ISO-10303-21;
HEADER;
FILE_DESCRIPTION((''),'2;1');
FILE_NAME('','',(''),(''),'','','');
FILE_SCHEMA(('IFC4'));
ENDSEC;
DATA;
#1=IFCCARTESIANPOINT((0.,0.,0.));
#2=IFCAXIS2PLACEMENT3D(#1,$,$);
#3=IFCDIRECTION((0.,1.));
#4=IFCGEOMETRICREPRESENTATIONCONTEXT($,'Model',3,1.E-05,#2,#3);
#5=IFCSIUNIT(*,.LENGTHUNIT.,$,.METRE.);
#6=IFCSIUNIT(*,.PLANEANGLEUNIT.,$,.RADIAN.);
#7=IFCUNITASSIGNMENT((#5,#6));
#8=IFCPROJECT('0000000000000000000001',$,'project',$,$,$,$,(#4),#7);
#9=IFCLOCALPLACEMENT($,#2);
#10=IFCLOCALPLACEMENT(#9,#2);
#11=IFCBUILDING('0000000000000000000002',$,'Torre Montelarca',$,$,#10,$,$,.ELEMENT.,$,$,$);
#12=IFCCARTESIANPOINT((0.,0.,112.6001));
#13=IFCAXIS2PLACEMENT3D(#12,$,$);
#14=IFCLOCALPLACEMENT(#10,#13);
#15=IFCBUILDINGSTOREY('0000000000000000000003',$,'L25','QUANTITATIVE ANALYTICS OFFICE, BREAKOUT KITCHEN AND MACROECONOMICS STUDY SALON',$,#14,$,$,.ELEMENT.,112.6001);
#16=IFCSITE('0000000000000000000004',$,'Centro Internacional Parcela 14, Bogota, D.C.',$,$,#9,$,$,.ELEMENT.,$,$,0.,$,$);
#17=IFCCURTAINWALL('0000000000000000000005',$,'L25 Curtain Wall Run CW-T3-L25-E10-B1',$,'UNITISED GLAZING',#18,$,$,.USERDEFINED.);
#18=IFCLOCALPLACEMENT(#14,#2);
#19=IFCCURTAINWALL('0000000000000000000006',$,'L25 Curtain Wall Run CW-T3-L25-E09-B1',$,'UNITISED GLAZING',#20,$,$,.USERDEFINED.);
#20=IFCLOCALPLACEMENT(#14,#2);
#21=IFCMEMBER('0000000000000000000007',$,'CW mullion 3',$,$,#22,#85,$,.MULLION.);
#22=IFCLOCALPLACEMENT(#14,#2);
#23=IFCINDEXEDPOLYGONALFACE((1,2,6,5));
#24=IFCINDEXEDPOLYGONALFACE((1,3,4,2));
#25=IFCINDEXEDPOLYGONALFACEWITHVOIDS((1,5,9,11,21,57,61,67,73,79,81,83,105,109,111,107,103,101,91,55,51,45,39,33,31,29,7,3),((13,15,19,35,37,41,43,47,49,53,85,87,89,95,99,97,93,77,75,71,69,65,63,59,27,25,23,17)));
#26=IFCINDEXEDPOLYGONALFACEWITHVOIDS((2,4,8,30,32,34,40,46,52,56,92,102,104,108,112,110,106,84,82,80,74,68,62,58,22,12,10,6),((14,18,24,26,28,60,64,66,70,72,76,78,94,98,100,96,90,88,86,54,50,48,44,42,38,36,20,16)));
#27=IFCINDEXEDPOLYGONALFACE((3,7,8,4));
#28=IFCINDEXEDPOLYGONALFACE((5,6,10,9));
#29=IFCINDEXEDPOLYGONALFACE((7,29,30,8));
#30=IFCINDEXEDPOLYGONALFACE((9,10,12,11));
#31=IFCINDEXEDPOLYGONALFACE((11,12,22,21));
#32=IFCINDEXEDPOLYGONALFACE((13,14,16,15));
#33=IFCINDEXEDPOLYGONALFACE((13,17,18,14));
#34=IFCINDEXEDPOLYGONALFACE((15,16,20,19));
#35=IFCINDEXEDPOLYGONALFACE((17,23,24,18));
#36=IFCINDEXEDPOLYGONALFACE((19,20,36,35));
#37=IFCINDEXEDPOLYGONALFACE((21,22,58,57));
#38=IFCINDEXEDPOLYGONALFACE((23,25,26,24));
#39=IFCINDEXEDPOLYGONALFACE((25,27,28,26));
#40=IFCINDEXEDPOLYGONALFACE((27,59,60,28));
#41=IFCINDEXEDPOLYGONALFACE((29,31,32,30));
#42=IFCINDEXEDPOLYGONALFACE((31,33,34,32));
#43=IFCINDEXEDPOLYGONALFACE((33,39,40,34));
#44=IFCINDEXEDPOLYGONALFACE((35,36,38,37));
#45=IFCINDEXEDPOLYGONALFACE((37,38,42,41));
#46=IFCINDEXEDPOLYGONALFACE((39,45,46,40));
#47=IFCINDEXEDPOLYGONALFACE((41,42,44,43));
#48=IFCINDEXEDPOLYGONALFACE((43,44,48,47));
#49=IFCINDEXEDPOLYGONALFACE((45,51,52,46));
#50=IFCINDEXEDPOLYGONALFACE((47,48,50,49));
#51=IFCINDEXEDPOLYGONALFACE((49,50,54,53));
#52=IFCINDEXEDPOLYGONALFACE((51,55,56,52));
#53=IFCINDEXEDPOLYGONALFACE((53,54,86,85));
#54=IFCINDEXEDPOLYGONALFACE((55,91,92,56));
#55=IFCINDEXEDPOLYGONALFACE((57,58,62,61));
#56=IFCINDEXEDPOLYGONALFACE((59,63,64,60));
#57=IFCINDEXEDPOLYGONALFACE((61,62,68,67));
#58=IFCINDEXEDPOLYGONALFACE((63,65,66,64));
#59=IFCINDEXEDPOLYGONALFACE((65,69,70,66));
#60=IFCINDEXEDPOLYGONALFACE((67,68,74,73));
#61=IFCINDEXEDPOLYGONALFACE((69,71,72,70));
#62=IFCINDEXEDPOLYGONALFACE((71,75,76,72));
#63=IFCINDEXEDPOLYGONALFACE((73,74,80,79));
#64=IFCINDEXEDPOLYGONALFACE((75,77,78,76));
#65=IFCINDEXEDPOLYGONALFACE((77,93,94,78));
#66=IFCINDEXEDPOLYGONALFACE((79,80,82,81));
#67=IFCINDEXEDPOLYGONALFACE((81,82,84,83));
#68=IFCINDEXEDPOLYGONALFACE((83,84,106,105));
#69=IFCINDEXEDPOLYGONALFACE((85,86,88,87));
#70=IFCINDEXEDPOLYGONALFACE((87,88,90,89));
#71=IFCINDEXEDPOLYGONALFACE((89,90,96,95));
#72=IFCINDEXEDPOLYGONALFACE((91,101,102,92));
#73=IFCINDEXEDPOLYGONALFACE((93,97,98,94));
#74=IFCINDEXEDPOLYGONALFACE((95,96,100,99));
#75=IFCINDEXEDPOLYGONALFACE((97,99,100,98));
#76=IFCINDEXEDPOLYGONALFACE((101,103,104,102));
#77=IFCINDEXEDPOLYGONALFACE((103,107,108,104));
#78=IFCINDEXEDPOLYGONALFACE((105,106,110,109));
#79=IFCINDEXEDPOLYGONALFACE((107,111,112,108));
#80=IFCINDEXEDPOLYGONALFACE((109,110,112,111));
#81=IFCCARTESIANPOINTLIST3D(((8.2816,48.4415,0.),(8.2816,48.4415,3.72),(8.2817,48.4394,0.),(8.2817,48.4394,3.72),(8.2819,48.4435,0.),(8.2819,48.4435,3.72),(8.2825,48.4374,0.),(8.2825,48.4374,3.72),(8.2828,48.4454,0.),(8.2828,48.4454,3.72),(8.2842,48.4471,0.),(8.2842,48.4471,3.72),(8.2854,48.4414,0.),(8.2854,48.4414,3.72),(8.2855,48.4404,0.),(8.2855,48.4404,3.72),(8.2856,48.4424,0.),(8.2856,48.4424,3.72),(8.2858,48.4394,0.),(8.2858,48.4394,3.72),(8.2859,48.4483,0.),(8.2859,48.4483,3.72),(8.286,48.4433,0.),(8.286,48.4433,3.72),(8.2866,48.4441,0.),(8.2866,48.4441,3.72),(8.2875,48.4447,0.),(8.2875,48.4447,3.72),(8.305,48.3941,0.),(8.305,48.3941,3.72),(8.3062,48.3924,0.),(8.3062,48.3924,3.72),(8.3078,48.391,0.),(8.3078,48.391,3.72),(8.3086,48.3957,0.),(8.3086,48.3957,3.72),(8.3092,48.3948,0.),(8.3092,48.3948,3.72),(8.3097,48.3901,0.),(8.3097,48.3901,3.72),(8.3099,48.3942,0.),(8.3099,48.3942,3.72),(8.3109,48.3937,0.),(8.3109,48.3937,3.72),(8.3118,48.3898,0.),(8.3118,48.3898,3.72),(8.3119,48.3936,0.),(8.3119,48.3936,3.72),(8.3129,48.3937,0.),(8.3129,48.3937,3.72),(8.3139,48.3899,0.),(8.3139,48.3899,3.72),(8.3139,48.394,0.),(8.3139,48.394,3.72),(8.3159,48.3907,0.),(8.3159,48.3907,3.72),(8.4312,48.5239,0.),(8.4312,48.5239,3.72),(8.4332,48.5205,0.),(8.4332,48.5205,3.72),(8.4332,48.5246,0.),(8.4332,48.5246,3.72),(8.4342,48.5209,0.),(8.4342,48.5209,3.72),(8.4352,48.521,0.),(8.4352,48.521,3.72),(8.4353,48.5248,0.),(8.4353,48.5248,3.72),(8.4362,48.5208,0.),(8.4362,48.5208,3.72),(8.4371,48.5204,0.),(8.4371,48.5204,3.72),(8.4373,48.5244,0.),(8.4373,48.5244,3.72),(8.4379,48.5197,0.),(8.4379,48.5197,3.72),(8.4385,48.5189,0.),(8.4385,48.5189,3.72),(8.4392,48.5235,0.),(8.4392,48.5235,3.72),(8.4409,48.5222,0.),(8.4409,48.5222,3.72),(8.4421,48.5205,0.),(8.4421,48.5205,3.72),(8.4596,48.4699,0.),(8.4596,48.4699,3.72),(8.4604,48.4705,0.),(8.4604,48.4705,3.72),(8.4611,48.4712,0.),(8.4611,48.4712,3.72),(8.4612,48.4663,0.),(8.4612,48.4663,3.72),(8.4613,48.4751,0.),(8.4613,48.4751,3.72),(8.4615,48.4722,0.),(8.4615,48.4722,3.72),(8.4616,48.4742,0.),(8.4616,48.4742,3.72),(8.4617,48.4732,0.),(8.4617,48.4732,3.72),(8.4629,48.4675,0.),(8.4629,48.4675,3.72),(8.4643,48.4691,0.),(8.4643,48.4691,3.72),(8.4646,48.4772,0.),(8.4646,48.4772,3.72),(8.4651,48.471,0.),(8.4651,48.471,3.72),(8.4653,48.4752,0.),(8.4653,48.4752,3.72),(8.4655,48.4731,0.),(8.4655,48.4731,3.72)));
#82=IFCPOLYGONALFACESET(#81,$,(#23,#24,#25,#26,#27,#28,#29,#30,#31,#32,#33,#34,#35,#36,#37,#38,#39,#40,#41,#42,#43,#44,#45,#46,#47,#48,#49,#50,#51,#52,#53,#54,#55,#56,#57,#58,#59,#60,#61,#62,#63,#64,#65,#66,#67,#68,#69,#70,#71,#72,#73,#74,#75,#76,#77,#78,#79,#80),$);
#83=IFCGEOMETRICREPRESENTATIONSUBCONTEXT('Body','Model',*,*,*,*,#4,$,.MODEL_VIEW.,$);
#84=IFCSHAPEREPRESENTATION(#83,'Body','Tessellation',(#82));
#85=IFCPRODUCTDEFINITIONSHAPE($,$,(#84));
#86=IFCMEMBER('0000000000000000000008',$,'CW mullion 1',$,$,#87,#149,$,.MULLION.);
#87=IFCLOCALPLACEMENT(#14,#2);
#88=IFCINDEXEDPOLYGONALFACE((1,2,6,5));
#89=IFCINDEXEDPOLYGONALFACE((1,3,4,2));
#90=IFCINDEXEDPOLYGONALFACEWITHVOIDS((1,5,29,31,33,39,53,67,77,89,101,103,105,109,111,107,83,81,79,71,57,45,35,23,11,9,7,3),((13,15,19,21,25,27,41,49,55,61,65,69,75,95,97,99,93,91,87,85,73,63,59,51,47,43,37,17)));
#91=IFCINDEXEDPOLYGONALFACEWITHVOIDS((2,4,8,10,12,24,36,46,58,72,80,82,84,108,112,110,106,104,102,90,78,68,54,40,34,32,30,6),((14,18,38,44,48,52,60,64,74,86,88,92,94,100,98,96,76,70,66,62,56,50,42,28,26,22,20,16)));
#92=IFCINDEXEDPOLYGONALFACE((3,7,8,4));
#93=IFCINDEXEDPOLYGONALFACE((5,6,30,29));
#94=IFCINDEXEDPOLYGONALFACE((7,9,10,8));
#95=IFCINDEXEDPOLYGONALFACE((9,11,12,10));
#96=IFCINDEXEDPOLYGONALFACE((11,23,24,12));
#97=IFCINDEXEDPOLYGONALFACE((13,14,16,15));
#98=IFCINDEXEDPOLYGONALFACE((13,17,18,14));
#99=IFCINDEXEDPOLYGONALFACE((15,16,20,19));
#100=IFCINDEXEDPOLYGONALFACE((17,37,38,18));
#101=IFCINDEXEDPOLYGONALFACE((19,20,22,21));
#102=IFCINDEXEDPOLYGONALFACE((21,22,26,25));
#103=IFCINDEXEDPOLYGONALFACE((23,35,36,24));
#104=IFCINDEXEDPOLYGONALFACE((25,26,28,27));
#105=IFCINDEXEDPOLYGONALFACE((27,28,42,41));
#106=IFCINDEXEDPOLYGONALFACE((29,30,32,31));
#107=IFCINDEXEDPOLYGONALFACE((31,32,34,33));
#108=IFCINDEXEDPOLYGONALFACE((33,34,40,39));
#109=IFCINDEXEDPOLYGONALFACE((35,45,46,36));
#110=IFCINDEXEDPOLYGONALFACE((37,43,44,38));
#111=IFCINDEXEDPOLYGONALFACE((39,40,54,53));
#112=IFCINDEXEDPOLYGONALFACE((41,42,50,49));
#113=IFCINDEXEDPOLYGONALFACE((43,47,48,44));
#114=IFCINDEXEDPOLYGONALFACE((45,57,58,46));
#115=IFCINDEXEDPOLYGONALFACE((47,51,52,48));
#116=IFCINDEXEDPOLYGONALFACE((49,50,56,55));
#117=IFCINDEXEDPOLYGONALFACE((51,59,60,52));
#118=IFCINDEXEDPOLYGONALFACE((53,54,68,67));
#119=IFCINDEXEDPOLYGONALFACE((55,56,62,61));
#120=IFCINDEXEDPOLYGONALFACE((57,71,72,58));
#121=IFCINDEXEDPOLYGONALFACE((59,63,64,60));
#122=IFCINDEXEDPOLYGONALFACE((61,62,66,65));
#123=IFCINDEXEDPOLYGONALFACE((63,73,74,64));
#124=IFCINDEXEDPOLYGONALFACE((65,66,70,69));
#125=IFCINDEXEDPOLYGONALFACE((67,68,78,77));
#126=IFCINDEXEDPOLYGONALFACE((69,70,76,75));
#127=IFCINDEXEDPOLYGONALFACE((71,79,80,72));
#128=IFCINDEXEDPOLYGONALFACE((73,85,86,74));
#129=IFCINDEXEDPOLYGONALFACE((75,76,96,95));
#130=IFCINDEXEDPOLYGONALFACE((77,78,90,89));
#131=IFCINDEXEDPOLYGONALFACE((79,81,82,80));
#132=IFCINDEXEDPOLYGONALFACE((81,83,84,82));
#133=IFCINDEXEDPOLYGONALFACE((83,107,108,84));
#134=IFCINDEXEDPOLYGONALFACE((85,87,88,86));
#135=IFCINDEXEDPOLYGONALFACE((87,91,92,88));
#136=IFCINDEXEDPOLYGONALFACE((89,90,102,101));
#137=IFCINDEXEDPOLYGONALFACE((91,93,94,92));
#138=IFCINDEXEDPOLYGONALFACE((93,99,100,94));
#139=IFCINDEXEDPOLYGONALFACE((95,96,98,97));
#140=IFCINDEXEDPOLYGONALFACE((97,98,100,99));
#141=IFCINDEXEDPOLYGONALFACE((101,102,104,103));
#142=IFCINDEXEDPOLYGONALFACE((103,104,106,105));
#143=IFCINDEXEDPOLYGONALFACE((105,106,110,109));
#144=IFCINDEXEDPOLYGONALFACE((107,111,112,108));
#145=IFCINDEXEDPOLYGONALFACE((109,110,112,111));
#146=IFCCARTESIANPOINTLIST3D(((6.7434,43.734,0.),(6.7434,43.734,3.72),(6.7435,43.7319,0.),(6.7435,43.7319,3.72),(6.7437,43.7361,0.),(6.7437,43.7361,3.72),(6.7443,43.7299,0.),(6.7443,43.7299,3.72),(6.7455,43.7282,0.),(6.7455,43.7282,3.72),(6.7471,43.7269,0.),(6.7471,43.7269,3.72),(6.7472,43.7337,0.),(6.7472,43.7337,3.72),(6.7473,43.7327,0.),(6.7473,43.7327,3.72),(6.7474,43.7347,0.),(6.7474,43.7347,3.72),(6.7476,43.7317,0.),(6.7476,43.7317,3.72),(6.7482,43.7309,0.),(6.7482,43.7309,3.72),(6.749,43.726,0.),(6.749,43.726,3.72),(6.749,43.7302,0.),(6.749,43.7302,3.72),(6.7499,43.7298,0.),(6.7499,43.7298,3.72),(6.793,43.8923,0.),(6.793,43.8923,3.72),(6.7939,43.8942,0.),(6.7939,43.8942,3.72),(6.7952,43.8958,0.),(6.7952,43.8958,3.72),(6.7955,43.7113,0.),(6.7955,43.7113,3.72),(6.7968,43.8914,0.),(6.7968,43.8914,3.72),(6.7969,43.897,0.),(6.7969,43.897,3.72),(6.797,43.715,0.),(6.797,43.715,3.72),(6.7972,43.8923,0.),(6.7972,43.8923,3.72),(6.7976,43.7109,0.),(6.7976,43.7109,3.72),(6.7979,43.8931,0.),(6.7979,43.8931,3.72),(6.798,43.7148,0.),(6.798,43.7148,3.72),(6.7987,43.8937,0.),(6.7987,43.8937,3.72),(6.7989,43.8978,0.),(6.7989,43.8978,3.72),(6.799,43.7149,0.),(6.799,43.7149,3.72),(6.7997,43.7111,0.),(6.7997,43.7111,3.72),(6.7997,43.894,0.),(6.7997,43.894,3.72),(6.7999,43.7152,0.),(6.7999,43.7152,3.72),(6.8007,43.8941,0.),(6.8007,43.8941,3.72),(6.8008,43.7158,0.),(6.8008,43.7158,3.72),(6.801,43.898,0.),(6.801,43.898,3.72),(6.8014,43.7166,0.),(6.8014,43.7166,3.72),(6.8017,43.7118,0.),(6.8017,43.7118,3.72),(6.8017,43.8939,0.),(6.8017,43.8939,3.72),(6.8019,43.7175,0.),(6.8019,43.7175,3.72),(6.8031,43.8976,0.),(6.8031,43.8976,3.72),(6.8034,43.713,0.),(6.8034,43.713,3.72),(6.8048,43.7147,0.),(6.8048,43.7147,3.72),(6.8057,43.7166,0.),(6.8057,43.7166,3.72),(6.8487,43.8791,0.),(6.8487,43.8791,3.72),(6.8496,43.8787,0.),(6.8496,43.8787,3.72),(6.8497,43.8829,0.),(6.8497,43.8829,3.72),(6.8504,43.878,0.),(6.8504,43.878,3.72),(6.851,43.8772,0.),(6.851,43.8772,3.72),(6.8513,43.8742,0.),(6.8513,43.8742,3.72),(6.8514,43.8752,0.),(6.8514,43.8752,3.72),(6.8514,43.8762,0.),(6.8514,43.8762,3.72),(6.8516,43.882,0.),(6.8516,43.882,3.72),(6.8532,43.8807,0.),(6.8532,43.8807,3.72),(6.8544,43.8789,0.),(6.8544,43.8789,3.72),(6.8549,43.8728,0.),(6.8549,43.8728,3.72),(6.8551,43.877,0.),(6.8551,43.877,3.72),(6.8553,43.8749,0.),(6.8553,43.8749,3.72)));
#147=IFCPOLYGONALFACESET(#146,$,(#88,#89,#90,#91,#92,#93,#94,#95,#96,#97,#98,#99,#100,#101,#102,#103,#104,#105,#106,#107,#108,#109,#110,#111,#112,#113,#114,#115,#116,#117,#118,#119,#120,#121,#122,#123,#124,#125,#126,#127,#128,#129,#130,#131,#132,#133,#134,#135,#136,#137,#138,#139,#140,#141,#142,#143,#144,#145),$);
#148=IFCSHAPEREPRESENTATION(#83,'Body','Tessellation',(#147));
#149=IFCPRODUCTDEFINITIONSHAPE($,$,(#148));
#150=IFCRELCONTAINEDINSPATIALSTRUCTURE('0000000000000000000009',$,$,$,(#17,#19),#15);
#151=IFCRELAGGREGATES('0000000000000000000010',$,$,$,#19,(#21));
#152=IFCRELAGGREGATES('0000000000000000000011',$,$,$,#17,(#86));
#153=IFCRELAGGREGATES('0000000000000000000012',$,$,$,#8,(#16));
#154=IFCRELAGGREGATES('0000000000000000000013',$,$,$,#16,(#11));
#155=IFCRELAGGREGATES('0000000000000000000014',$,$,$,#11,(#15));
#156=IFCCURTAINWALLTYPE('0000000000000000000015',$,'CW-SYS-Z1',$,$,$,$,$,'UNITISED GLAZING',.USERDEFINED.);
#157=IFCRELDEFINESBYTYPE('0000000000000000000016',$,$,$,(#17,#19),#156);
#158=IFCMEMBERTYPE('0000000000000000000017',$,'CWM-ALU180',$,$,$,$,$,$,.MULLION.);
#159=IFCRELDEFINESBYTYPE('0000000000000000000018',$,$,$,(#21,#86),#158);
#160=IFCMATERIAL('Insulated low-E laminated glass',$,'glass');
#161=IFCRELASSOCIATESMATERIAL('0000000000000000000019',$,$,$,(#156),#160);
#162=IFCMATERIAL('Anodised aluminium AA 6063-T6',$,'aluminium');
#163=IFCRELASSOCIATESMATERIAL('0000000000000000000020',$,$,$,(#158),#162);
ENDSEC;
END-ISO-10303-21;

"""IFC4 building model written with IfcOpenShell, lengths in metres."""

from ifc_helpers import new_model, si_unit, direction, frame, origin, origin_2d, place, context, subcontext, project, spatial, hollow_rectangle, extrude, source, transform, mapped, material, material_profile, profile_set, type_object, element, aggregate, save


model = new_model("IFC4")

# Units and contexts
model_context = context("Model", 3, precision=1e-05, world=origin(), true_north=direction((0.0, 1.0)))
body_context = subcontext(model_context, "Body", "Model", "MODEL_VIEW")
ifc_project = project(units=[si_unit("LENGTHUNIT", "METRE"), si_unit("PLANEANGLEUNIT", "RADIAN")], contexts=[model_context])

# Site, building, storey
site_placement = place(None, origin())
site = spatial("IfcSite", under=ifc_project, at=site_placement, Name="Centro Internacional Parcela 14, Bogota, D.C.", CompositionType="ELEMENT", RefElevation=0.0)
building_placement = place(site_placement, origin())
building = spatial("IfcBuilding", under=site, at=building_placement, Name="Torre Montelarca", CompositionType="ELEMENT")
storey_placement = place(building_placement, frame((0.0, 0.0, 112.6001)))
storey = spatial("IfcBuildingStorey", under=building, at=storey_placement, Name="L25", Description="QUANTITATIVE ANALYTICS OFFICE, BREAKOUT KITCHEN AND MACROECONOMICS STUDY SALON", CompositionType="ELEMENT", Elevation=112.6001)

# Curtain wall
ifc_material_1 = material(Name="Insulated low-E laminated glass", Category="glass")
curtain_wall_type = type_object("IfcCurtainWallType", Name="CW-SYS-Z1", ElementType="UNITISED GLAZING", PredefinedType="USERDEFINED", material=ifc_material_1)
curtain_wall_1_placement = place(storey_placement, origin())
curtain_wall_1 = element("IfcCurtainWall", 1, at=curtain_wall_1_placement, inside=storey, type_object=curtain_wall_type, Name="L25 Curtain Wall Run CW-T3-L25-E10-B1", ObjectType="UNITISED GLAZING", PredefinedType="USERDEFINED")
ifc_material_2 = material(Name="Anodised aluminium AA 6063-T6", Category="aluminium")

# Curtain wall, member
curtain_wall_2_placement = place(storey_placement, origin())
curtain_wall_2 = element("IfcCurtainWall", 2, at=curtain_wall_2_placement, inside=storey, type_object=curtain_wall_type, Name="L25 Curtain Wall Run CW-T3-L25-E09-B1", ObjectType="UNITISED GLAZING", PredefinedType="USERDEFINED")
ifc_material_profile_1 = material_profile(ifc_material_2, hollow_rectangle(XDim=0.0649, YDim=0.1799, WallThickness=0.0039, InnerFilletRadius=0.0039, OuterFilletRadius=0.0081, at=origin_2d()), Name="ALU65X180X4", Category="aluminium")
ifc_profile_set_1 = profile_set([ifc_material_profile_1], Name="Anodised aluminium AA 6063-T6")
member_type_1 = type_object("IfcMemberType", Name="CWM-ALU180", PredefinedType="MULLION", material=ifc_profile_set_1)
shared_shape_1 = source(origin(), body_context, "Body", "SweptSolid", [
    extrude(hollow_rectangle(XDim=0.0649, YDim=0.1799, WallThickness=0.0039, InnerFilletRadius=0.0039, OuterFilletRadius=0.0081, at=origin_2d()), origin(), (0.0, 0.0, 1.0), 3.72),
])
member_1_placement = place(storey_placement, frame((8.3735, 48.4573, 0.0), z_axis=(0.0, 0.0, 1.0), x_axis=(0.461729, -0.887021, 0.0)))
member_1 = element("IfcMember", 3, at=member_1_placement, type_object=member_type_1, Name="CW mullion 3", PredefinedType="MULLION", context=body_context, shape_type="MappedRepresentation", body=[
    mapped(shared_shape_1, transform((0.0, 0.0, 0.0), scale=1.0)),
])
aggregate(curtain_wall_2, [member_1])

# Member
member_2_placement = place(storey_placement, frame((6.7993, 43.8044, 0.0), z_axis=(0.0, 0.0, 1.0), x_axis=(0.953719, -0.300699, 0.0)))
member_2 = element("IfcMember", 4, at=member_2_placement, type_object=member_type_1, Name="CW mullion 1", PredefinedType="MULLION", context=body_context, shape_type="MappedRepresentation", body=[
    mapped(shared_shape_1, transform((0.0, 0.0, 0.0), scale=1.0)),
])

aggregate(curtain_wall_1, [member_2])

save(model, "model.ifc")
